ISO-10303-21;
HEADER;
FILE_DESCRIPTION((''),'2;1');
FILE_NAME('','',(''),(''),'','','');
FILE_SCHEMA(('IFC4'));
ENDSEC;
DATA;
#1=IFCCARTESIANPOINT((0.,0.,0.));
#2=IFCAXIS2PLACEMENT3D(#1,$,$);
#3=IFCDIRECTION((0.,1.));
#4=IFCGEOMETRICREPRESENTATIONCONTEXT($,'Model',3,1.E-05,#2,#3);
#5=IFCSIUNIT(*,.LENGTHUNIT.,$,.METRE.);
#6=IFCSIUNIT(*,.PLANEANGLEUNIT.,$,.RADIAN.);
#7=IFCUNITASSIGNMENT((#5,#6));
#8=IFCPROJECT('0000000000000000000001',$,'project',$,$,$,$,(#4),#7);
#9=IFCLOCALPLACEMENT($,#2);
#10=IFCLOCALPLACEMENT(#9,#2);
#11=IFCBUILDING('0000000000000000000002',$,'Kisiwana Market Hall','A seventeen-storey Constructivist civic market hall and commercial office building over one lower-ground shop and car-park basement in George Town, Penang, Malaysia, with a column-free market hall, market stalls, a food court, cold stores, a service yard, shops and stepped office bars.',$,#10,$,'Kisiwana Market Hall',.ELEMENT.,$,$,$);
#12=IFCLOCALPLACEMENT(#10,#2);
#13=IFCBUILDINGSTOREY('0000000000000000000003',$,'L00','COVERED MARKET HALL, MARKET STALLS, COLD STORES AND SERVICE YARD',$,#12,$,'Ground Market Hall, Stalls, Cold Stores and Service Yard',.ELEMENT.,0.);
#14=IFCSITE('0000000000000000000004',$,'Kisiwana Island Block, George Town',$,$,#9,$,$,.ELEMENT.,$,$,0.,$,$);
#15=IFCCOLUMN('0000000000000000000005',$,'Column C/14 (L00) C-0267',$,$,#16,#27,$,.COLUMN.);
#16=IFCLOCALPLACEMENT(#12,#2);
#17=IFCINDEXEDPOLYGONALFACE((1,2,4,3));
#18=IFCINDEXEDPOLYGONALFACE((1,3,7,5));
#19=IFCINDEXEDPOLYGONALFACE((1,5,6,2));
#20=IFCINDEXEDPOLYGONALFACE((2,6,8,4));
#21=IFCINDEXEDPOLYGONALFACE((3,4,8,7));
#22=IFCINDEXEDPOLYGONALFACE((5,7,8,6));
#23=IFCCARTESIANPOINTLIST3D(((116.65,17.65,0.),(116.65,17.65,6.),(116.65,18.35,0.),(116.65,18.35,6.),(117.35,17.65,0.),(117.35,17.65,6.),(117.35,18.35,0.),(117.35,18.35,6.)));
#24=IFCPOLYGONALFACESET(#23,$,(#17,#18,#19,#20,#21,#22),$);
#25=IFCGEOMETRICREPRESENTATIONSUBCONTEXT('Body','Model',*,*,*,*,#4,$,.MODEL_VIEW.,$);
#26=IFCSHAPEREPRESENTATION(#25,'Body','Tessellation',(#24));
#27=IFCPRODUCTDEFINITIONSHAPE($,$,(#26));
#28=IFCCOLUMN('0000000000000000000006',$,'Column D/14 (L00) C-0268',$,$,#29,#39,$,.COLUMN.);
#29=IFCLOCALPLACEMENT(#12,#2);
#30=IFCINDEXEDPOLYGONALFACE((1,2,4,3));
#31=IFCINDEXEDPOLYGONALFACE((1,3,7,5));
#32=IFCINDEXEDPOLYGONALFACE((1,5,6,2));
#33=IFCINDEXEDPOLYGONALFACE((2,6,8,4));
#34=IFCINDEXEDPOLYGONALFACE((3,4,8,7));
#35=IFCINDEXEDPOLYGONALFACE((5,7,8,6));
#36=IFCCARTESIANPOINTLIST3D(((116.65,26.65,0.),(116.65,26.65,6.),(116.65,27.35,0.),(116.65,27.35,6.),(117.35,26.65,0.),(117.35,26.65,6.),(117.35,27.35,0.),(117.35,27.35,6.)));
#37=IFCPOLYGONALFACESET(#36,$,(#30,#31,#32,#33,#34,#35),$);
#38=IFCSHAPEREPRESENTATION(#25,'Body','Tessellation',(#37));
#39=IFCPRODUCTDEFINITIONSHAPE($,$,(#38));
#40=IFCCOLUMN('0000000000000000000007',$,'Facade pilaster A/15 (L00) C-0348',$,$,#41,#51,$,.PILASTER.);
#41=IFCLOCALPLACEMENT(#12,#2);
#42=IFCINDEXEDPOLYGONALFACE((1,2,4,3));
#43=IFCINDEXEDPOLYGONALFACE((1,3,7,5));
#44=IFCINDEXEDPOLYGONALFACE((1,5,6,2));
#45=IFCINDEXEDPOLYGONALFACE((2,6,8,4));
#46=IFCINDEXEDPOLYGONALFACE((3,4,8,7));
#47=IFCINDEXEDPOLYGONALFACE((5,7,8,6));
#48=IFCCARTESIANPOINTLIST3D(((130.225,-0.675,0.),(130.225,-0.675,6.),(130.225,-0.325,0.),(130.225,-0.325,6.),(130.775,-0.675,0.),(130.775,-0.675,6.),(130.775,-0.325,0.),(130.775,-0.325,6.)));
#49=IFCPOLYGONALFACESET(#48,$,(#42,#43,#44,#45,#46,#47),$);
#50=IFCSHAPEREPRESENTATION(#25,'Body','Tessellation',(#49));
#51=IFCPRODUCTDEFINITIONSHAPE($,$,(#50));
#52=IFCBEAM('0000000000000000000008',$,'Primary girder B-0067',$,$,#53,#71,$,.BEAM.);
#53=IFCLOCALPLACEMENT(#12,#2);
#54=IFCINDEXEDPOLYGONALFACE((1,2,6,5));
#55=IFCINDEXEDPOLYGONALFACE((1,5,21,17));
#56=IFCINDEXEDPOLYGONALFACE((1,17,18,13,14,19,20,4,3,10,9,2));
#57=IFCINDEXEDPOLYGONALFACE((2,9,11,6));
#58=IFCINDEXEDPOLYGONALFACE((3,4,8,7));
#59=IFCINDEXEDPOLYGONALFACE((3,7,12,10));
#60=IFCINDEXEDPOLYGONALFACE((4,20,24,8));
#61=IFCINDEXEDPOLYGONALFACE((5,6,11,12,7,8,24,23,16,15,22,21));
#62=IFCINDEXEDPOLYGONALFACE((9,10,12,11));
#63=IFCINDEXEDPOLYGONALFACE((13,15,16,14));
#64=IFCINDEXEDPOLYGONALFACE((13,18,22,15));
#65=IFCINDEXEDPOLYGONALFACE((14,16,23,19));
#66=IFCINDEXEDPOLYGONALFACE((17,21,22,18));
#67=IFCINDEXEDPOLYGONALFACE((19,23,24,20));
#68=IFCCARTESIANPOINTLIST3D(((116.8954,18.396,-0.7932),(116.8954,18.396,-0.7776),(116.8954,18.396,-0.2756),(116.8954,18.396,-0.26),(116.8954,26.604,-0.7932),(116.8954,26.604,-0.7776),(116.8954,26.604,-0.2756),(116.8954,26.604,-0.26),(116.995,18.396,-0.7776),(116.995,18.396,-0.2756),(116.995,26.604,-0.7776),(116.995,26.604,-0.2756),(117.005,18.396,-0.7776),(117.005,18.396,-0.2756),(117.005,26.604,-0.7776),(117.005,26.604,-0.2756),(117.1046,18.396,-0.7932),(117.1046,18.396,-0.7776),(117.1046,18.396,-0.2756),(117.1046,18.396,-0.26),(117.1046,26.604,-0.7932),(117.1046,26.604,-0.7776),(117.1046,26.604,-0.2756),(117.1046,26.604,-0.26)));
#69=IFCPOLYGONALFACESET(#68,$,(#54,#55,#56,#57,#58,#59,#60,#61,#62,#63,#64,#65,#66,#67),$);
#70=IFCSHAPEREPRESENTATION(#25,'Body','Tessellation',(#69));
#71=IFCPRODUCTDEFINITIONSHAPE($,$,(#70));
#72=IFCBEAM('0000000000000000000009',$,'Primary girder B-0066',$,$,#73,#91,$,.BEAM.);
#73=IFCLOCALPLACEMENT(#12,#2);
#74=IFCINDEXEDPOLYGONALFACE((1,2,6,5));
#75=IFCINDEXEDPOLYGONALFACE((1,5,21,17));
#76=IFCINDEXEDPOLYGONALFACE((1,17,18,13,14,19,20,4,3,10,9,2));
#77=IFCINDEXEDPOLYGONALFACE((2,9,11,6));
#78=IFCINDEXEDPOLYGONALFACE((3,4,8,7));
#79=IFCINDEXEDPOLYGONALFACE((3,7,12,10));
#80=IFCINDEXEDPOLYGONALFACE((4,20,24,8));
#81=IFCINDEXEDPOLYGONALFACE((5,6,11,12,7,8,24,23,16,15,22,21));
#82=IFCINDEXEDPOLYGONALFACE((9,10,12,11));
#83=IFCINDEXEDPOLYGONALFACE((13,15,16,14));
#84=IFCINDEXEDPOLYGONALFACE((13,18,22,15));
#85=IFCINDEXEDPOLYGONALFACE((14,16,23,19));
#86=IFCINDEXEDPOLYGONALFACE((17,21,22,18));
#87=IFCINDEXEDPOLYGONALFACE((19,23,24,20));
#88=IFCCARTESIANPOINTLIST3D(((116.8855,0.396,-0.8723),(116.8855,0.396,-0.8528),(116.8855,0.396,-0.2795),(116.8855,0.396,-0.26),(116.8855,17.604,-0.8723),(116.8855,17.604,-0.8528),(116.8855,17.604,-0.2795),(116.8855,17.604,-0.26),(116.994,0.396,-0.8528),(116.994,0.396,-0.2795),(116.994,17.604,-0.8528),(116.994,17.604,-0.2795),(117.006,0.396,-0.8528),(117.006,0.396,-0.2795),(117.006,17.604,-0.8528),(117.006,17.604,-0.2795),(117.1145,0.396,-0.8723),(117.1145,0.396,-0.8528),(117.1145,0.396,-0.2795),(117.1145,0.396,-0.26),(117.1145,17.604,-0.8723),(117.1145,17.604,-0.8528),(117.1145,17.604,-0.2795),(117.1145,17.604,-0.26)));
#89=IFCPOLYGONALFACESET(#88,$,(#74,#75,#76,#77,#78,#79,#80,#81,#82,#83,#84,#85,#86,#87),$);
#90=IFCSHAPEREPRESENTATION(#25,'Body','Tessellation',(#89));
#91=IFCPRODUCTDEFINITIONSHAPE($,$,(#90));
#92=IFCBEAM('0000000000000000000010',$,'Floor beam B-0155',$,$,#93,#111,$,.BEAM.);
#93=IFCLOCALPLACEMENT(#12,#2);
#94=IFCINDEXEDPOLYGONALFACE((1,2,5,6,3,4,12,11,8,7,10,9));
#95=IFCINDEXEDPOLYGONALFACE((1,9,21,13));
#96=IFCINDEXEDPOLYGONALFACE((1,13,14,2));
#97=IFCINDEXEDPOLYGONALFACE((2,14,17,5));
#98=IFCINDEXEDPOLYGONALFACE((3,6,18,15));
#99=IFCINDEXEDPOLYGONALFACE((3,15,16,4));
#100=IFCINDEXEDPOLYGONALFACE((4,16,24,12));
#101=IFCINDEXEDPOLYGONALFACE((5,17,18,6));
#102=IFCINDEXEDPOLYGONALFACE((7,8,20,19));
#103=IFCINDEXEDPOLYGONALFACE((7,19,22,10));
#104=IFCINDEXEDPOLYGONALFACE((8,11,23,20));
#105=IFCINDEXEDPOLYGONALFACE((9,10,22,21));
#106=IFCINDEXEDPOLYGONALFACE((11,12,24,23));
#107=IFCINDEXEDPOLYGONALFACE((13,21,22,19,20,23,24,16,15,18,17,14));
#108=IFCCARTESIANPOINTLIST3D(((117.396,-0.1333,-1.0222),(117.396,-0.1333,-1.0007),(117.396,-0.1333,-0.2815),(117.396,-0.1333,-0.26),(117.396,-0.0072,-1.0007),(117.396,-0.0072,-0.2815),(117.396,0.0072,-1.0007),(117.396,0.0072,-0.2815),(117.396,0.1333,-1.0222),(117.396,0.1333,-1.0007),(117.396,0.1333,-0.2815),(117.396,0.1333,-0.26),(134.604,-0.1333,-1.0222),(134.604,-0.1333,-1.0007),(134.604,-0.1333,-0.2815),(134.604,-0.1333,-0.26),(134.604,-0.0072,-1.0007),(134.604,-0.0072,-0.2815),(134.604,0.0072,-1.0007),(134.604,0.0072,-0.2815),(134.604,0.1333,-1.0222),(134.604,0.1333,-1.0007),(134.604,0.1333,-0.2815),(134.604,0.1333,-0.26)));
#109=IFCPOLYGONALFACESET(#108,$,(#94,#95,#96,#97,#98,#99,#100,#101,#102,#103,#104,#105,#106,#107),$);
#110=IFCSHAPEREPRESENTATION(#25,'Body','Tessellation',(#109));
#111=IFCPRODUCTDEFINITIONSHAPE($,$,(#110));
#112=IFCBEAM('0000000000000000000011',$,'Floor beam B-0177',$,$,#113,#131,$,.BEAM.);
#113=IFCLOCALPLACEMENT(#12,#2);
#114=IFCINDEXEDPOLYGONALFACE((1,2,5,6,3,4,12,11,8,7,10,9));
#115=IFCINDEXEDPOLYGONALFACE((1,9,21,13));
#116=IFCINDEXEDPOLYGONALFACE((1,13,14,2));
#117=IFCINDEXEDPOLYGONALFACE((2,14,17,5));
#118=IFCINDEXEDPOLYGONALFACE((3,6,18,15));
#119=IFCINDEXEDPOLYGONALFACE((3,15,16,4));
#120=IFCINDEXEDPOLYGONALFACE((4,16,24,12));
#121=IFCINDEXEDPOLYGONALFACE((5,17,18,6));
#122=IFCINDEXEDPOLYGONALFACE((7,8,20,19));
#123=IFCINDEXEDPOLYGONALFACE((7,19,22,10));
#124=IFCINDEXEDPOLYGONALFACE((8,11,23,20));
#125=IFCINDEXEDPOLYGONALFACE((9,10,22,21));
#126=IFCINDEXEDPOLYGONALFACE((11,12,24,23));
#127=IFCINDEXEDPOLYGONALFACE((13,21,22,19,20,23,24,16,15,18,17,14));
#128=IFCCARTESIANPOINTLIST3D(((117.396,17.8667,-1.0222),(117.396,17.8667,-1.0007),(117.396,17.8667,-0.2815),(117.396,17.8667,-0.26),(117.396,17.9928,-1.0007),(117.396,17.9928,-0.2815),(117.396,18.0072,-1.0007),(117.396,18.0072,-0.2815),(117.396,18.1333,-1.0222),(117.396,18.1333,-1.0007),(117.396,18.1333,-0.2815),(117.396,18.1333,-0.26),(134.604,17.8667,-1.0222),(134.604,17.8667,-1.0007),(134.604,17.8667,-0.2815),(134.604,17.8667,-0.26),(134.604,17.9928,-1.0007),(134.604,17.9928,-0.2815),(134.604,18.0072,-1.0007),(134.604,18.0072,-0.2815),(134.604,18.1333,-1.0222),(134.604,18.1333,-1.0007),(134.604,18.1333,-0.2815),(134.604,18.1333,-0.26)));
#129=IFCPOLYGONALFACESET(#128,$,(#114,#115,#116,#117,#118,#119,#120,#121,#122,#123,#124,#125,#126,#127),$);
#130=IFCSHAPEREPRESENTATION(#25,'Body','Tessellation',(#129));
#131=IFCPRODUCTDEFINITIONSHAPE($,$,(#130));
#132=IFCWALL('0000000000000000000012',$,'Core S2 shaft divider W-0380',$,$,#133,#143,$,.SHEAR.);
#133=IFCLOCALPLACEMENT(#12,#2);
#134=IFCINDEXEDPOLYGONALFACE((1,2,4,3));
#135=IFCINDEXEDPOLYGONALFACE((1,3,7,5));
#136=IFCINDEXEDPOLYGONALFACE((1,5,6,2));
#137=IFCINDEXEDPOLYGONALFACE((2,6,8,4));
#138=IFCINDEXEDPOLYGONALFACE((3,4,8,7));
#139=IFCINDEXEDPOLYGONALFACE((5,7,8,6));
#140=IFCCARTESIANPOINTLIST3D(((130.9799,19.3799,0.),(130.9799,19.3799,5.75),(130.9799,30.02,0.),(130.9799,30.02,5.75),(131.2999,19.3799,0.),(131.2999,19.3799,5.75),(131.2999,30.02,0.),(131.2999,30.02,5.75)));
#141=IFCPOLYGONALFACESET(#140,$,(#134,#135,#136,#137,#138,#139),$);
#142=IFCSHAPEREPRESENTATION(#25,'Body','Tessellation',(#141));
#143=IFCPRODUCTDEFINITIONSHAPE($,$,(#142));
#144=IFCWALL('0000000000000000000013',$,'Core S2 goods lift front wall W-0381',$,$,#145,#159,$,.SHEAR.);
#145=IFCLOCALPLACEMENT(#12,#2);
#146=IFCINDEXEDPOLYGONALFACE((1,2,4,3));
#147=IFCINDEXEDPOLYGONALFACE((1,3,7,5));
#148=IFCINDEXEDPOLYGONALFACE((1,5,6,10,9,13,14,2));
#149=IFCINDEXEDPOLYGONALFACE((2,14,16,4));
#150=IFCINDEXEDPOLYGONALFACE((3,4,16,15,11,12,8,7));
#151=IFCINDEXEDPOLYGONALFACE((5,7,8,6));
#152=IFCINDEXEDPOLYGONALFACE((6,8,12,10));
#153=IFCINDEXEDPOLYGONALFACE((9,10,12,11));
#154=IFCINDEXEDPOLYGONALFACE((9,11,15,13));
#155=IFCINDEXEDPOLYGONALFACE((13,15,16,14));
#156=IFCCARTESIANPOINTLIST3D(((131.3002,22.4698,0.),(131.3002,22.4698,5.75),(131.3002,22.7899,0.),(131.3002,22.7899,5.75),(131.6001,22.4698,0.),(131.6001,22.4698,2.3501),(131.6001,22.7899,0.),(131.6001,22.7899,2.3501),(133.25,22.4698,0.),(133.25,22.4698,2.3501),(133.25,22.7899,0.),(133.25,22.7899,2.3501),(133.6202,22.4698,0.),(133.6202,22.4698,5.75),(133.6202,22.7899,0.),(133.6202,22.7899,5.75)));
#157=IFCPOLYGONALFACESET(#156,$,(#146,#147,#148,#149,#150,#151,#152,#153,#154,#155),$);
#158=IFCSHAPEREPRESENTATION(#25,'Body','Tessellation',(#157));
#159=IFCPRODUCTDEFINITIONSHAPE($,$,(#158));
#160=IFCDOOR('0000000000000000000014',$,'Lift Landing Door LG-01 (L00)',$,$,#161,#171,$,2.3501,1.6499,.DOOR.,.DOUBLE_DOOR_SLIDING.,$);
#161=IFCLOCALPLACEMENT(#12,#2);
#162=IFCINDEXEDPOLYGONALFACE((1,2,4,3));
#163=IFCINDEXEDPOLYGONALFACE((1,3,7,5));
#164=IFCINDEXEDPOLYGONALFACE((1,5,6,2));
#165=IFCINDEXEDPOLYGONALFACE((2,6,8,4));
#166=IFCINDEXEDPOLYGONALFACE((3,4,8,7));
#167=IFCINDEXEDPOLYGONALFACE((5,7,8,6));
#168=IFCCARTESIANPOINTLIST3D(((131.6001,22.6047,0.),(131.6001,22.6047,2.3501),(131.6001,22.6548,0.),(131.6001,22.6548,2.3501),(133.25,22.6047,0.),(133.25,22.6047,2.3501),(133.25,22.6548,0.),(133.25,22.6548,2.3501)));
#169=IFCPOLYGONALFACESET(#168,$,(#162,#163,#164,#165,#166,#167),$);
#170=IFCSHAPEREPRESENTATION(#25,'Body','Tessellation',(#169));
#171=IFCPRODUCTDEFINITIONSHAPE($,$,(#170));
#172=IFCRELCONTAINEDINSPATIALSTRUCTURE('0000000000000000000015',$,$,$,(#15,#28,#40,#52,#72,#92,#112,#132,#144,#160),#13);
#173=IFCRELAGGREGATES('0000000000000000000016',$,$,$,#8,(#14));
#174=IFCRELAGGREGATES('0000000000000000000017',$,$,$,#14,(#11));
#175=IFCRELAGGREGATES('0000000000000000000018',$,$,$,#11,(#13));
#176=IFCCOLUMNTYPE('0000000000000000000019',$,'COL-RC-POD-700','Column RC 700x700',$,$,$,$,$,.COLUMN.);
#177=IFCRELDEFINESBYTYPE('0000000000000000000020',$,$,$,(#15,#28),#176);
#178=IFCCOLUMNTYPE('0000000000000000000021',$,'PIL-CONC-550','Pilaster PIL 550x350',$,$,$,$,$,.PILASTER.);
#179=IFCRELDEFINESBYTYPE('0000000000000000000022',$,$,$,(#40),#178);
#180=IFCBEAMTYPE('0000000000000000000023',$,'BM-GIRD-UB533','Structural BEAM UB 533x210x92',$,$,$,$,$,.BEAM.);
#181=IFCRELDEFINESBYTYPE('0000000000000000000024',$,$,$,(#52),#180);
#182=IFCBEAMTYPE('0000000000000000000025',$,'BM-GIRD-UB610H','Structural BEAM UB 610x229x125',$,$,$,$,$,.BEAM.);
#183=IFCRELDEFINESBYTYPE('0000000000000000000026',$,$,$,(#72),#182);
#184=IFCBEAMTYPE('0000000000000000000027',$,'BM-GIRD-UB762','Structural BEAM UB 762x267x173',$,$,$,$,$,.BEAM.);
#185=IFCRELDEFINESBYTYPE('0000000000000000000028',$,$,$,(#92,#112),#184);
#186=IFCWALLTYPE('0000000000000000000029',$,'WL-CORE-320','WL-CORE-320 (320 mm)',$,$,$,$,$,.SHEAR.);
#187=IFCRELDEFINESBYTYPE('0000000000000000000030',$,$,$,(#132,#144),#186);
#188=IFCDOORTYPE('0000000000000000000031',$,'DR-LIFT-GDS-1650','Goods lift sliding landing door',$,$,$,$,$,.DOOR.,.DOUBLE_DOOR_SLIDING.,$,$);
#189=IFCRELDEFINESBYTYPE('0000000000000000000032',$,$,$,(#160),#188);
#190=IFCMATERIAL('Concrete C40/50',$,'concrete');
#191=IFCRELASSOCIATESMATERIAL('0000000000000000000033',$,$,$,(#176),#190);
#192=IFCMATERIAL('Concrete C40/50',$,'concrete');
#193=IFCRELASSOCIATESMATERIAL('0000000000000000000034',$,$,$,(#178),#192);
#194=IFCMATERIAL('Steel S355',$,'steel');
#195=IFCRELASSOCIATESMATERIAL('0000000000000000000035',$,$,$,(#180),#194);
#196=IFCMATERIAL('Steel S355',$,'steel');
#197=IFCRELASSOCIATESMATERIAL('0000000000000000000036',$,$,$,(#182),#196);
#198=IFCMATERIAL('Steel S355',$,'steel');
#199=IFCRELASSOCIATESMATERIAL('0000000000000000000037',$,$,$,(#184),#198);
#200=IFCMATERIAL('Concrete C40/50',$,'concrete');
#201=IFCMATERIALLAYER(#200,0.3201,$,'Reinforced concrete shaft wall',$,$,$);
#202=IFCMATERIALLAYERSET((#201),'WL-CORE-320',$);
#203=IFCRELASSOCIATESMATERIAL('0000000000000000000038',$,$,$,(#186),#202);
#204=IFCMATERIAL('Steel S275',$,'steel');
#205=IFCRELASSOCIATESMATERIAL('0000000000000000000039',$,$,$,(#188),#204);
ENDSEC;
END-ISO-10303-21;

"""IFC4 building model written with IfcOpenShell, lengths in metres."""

from ifc_helpers import new_model, si_unit, direction, frame, frame_2d, origin, origin_2d, place, context, subcontext, project, spatial, rectangle, i_section, extrude, material, layer, layer_set, material_profile, profile_set, type_object, element, fill, save


model = new_model("IFC4")

# Units and contexts
model_context = context("Model", 3, precision=1e-05, world=origin(), true_north=direction((0.0, 1.0)))
body_context = subcontext(model_context, "Body", "Model", "MODEL_VIEW")
ifc_project = project(units=[si_unit("LENGTHUNIT", "METRE"), si_unit("PLANEANGLEUNIT", "RADIAN")], contexts=[model_context])

# Site, building, storey
site_placement = place(None, origin())
site = spatial("IfcSite", under=ifc_project, at=site_placement, Name="Kisiwana Island Block, George Town", CompositionType="ELEMENT", RefElevation=0.0)
building_placement = place(site_placement, origin())
building = spatial("IfcBuilding", under=site, at=building_placement, Name="Kisiwana Market Hall", Description="A seventeen-storey Constructivist civic market hall and commercial office building over one lower-ground shop and car-park basement in George Town, Penang, Malaysia, with a column-free market hall, market stalls, a food court, cold stores, a service yard, shops and stepped office bars.", LongName="Kisiwana Market Hall", CompositionType="ELEMENT")
storey_placement = place(building_placement, origin())
storey = spatial("IfcBuildingStorey", under=building, at=storey_placement, Name="L00", Description="COVERED MARKET HALL, MARKET STALLS, COLD STORES AND SERVICE YARD", LongName="Ground Market Hall, Stalls, Cold Stores and Service Yard", CompositionType="ELEMENT", Elevation=0.0)

# Columns
ifc_material_1 = material(Name="Concrete C40/50", Category="concrete")
ifc_material_profile_1 = material_profile(ifc_material_1, rectangle(XDim=0.7, YDim=0.7, at=origin_2d()), Name="RC 700x700")
ifc_profile_set_1 = profile_set([ifc_material_profile_1], Name="Concrete C40/50")
column_type_1 = type_object("IfcColumnType", Name="COL-RC-POD-700", Description="Column RC 700x700", PredefinedType="COLUMN", material=ifc_profile_set_1)
for number, where, z_axis, x_axis, name in (
    (1, (117.0, 18.0, 0.0), (0.0, 0.0, 1.0), (1.0, 0.0, 0.0), "Column C/14 (L00) C-0267"),
    (2, (117.0, 27.0, 0.0), (0.0, 0.0, 1.0), (1.0, 0.0, 0.0), "Column D/14 (L00) C-0268"),
):
    element("IfcColumn", number, at=place(storey_placement, frame(where, z_axis=z_axis, x_axis=x_axis)), inside=storey, type_object=column_type_1, Name=name, PredefinedType="COLUMN", context=body_context, shape_type="SweptSolid", body=[
        extrude(rectangle(XDim=0.7, YDim=0.7, at=origin_2d()), origin(), (0.0, 0.0, 1.0), 6.0),
    ])
ifc_material_2 = material(Name="Concrete C40/50", Category="concrete")
ifc_material_profile_2 = material_profile(ifc_material_2, rectangle(XDim=0.55, YDim=0.3501, at=origin_2d()), Name="PIL 550x350")
ifc_profile_set_2 = profile_set([ifc_material_profile_2], Name="Concrete C40/50")
column_type_2 = type_object("IfcColumnType", Name="PIL-CONC-550", Description="Pilaster PIL 550x350", PredefinedType="PILASTER", material=ifc_profile_set_2)
column_placement = place(storey_placement, frame((130.5, -0.5, 0.0), z_axis=(0.0, 0.0, 1.0), x_axis=(1.0, 0.0, 0.0)))
element("IfcColumn", 3, at=column_placement, inside=storey, type_object=column_type_2, Name="Facade pilaster A/15 (L00) C-0348", PredefinedType="PILASTER", context=body_context, shape_type="SweptSolid", body=[
    extrude(rectangle(XDim=0.55, YDim=0.3501, at=origin_2d()), origin(), (0.0, 0.0, 1.0), 6.0),
])

# Beams
ifc_material_3 = material(Name="Steel S355", Category="steel")
ifc_material_profile_3 = material_profile(ifc_material_3, i_section(OverallWidth=0.2092, OverallDepth=0.5332, WebThickness=0.01, FlangeThickness=0.0156, at=origin_2d()), Name="UB 533x210x92")
ifc_profile_set_3 = profile_set([ifc_material_profile_3], Name="Steel S355")
beam_type_1 = type_object("IfcBeamType", Name="BM-GIRD-UB533", Description="Structural BEAM UB 533x210x92", PredefinedType="BEAM", material=ifc_profile_set_3)
beam_1_placement = place(storey_placement, frame((117.0, 18.396, -0.5266), z_axis=(0.0, 1.0, 0.0), x_axis=(-1.0, 0.0, 0.0)))
element("IfcBeam", 4, at=beam_1_placement, inside=storey, type_object=beam_type_1, Name="Primary girder B-0067", PredefinedType="BEAM", context=body_context, shape_type="SweptSolid", body=[
    extrude(i_section(OverallWidth=0.2092, OverallDepth=0.5332, WebThickness=0.01, FlangeThickness=0.0156, at=origin_2d()), origin(), (0.0, 0.0, 1.0), 8.208),
])
ifc_material_4 = material(Name="Steel S355", Category="steel")
ifc_material_profile_4 = material_profile(ifc_material_4, i_section(OverallWidth=0.229, OverallDepth=0.6123, WebThickness=0.012, FlangeThickness=0.0195, at=origin_2d()), Name="UB 610x229x125")
ifc_profile_set_4 = profile_set([ifc_material_profile_4], Name="Steel S355")
beam_type_2 = type_object("IfcBeamType", Name="BM-GIRD-UB610H", Description="Structural BEAM UB 610x229x125", PredefinedType="BEAM", material=ifc_profile_set_4)
beam_2_placement = place(storey_placement, frame((117.0, 0.396, -0.5662), z_axis=(0.0, 1.0, 0.0), x_axis=(-1.0, 0.0, 0.0)))
element("IfcBeam", 5, at=beam_2_placement, inside=storey, type_object=beam_type_2, Name="Primary girder B-0066", PredefinedType="BEAM", context=body_context, shape_type="SweptSolid", body=[
    extrude(i_section(OverallWidth=0.229, OverallDepth=0.6123, WebThickness=0.012, FlangeThickness=0.0195, at=origin_2d()), origin(), (0.0, 0.0, 1.0), 17.208),
])
ifc_material_5 = material(Name="Steel S355", Category="steel")
ifc_material_profile_5 = material_profile(ifc_material_5, i_section(OverallWidth=0.2666, OverallDepth=0.7622, WebThickness=0.0144, FlangeThickness=0.0215, at=origin_2d()), Name="UB 762x267x173")
ifc_profile_set_5 = profile_set([ifc_material_profile_5], Name="Steel S355")
beam_type_3 = type_object("IfcBeamType", Name="BM-GIRD-UB762", Description="Structural BEAM UB 762x267x173", PredefinedType="BEAM", material=ifc_profile_set_5)
for number, where, z_axis, x_axis, name in (
    (6, (117.396, 0.0, -0.6411), (1.0, 0.0, 0.0), (0.0, 1.0, 0.0), "Floor beam B-0155"),
    (7, (117.396, 18.0, -0.6411), (1.0, 0.0, 0.0), (0.0, 1.0, 0.0), "Floor beam B-0177"),
):
    element("IfcBeam", number, at=place(storey_placement, frame(where, z_axis=z_axis, x_axis=x_axis)), inside=storey, type_object=beam_type_3, Name=name, PredefinedType="BEAM", context=body_context, shape_type="SweptSolid", body=[
        extrude(i_section(OverallWidth=0.2666, OverallDepth=0.7622, WebThickness=0.0144, FlangeThickness=0.0215, at=origin_2d()), origin(), (0.0, 0.0, 1.0), 17.208),
    ])

# Wall
ifc_material_6 = material(Name="Concrete C40/50", Category="concrete")
ifc_layer_1 = layer(ifc_material_6, 0.3201, Name="Reinforced concrete shaft wall")
ifc_layer_set_1 = layer_set([ifc_layer_1], Name="WL-CORE-320")
wall_type_1 = type_object("IfcWallType", Name="WL-CORE-320", Description="WL-CORE-320 (320 mm)", PredefinedType="SHEAR", material=ifc_layer_set_1)
wall_1_placement = place(storey_placement, frame((131.1399, 19.3799, 0.0), z_axis=(0.0, 0.0, 1.0), x_axis=(0.0, 1.0, 0.0)))
element("IfcWall", 8, at=wall_1_placement, inside=storey, type_object=wall_type_1, Name="Core S2 shaft divider W-0380", PredefinedType="SHEAR", context=body_context, shape_type="SweptSolid", body=[
    extrude(rectangle(XDim=10.6401, YDim=0.3201, at=frame_2d((5.3201, 0.0))), origin(), (0.0, 0.0, 1.0), 5.75),
])

# Wall, opening, door
wall_2_placement = place(storey_placement, frame((131.3, 22.6299, 0.0), z_axis=(0.0, 0.0, 1.0), x_axis=(1.0, 0.0, 0.0)))
wall_2 = element("IfcWall", 9, at=wall_2_placement, inside=storey, type_object=wall_type_1, Name="Core S2 goods lift front wall W-0381", PredefinedType="SHEAR", context=body_context, shape_type="SweptSolid", body=[
    extrude(rectangle(XDim=2.3201, YDim=0.3201, at=frame_2d((1.1602, 0.0))), origin(), (0.0, 0.0, 1.0), 5.75),
])
opening_1_placement = place(wall_2_placement, frame((0.3, 0.0, 0.0)))
opening_1 = element("IfcOpeningElement", 10, at=opening_1_placement, cuts=wall_2, PredefinedType="OPENING", context=body_context, shape_type="SweptSolid", body=[
    extrude(rectangle(XDim=1.6499, YDim=2.3501, at=frame_2d((0.825, 1.175))), frame((0.0, 0.1719, 0.0), z_axis=(0.0, -1.0, 0.0), x_axis=(1.0, 0.0, 0.0)), (0.0, 0.0, 1.0), 0.344),
])
ifc_material_7 = material(Name="Steel S275", Category="steel")
door_type_1 = type_object("IfcDoorType", Name="DR-LIFT-GDS-1650", Description="Goods lift sliding landing door", OperationType="DOUBLE_DOOR_SLIDING", PredefinedType="DOOR", material=ifc_material_7)
door_1_placement = place(opening_1_placement, origin())
door_1 = element("IfcDoor", 11, at=door_1_placement, inside=storey, type_object=door_type_1, Name="Lift Landing Door LG-01 (L00)", OperationType="DOUBLE_DOOR_SLIDING", OverallHeight=2.3501, OverallWidth=1.6499, PredefinedType="DOOR", context=body_context, shape_type="SweptSolid", body=[
    extrude(rectangle(XDim=1.6499, YDim=2.3501, at=frame_2d((0.825, 1.175))), frame((0.0, 0.0249, 0.0), z_axis=(0.0, -1.0, 0.0), x_axis=(1.0, 0.0, 0.0)), (0.0, 0.0, 1.0), 0.05),
])
fill(opening_1, door_1)

save(model, "model.ifc")
